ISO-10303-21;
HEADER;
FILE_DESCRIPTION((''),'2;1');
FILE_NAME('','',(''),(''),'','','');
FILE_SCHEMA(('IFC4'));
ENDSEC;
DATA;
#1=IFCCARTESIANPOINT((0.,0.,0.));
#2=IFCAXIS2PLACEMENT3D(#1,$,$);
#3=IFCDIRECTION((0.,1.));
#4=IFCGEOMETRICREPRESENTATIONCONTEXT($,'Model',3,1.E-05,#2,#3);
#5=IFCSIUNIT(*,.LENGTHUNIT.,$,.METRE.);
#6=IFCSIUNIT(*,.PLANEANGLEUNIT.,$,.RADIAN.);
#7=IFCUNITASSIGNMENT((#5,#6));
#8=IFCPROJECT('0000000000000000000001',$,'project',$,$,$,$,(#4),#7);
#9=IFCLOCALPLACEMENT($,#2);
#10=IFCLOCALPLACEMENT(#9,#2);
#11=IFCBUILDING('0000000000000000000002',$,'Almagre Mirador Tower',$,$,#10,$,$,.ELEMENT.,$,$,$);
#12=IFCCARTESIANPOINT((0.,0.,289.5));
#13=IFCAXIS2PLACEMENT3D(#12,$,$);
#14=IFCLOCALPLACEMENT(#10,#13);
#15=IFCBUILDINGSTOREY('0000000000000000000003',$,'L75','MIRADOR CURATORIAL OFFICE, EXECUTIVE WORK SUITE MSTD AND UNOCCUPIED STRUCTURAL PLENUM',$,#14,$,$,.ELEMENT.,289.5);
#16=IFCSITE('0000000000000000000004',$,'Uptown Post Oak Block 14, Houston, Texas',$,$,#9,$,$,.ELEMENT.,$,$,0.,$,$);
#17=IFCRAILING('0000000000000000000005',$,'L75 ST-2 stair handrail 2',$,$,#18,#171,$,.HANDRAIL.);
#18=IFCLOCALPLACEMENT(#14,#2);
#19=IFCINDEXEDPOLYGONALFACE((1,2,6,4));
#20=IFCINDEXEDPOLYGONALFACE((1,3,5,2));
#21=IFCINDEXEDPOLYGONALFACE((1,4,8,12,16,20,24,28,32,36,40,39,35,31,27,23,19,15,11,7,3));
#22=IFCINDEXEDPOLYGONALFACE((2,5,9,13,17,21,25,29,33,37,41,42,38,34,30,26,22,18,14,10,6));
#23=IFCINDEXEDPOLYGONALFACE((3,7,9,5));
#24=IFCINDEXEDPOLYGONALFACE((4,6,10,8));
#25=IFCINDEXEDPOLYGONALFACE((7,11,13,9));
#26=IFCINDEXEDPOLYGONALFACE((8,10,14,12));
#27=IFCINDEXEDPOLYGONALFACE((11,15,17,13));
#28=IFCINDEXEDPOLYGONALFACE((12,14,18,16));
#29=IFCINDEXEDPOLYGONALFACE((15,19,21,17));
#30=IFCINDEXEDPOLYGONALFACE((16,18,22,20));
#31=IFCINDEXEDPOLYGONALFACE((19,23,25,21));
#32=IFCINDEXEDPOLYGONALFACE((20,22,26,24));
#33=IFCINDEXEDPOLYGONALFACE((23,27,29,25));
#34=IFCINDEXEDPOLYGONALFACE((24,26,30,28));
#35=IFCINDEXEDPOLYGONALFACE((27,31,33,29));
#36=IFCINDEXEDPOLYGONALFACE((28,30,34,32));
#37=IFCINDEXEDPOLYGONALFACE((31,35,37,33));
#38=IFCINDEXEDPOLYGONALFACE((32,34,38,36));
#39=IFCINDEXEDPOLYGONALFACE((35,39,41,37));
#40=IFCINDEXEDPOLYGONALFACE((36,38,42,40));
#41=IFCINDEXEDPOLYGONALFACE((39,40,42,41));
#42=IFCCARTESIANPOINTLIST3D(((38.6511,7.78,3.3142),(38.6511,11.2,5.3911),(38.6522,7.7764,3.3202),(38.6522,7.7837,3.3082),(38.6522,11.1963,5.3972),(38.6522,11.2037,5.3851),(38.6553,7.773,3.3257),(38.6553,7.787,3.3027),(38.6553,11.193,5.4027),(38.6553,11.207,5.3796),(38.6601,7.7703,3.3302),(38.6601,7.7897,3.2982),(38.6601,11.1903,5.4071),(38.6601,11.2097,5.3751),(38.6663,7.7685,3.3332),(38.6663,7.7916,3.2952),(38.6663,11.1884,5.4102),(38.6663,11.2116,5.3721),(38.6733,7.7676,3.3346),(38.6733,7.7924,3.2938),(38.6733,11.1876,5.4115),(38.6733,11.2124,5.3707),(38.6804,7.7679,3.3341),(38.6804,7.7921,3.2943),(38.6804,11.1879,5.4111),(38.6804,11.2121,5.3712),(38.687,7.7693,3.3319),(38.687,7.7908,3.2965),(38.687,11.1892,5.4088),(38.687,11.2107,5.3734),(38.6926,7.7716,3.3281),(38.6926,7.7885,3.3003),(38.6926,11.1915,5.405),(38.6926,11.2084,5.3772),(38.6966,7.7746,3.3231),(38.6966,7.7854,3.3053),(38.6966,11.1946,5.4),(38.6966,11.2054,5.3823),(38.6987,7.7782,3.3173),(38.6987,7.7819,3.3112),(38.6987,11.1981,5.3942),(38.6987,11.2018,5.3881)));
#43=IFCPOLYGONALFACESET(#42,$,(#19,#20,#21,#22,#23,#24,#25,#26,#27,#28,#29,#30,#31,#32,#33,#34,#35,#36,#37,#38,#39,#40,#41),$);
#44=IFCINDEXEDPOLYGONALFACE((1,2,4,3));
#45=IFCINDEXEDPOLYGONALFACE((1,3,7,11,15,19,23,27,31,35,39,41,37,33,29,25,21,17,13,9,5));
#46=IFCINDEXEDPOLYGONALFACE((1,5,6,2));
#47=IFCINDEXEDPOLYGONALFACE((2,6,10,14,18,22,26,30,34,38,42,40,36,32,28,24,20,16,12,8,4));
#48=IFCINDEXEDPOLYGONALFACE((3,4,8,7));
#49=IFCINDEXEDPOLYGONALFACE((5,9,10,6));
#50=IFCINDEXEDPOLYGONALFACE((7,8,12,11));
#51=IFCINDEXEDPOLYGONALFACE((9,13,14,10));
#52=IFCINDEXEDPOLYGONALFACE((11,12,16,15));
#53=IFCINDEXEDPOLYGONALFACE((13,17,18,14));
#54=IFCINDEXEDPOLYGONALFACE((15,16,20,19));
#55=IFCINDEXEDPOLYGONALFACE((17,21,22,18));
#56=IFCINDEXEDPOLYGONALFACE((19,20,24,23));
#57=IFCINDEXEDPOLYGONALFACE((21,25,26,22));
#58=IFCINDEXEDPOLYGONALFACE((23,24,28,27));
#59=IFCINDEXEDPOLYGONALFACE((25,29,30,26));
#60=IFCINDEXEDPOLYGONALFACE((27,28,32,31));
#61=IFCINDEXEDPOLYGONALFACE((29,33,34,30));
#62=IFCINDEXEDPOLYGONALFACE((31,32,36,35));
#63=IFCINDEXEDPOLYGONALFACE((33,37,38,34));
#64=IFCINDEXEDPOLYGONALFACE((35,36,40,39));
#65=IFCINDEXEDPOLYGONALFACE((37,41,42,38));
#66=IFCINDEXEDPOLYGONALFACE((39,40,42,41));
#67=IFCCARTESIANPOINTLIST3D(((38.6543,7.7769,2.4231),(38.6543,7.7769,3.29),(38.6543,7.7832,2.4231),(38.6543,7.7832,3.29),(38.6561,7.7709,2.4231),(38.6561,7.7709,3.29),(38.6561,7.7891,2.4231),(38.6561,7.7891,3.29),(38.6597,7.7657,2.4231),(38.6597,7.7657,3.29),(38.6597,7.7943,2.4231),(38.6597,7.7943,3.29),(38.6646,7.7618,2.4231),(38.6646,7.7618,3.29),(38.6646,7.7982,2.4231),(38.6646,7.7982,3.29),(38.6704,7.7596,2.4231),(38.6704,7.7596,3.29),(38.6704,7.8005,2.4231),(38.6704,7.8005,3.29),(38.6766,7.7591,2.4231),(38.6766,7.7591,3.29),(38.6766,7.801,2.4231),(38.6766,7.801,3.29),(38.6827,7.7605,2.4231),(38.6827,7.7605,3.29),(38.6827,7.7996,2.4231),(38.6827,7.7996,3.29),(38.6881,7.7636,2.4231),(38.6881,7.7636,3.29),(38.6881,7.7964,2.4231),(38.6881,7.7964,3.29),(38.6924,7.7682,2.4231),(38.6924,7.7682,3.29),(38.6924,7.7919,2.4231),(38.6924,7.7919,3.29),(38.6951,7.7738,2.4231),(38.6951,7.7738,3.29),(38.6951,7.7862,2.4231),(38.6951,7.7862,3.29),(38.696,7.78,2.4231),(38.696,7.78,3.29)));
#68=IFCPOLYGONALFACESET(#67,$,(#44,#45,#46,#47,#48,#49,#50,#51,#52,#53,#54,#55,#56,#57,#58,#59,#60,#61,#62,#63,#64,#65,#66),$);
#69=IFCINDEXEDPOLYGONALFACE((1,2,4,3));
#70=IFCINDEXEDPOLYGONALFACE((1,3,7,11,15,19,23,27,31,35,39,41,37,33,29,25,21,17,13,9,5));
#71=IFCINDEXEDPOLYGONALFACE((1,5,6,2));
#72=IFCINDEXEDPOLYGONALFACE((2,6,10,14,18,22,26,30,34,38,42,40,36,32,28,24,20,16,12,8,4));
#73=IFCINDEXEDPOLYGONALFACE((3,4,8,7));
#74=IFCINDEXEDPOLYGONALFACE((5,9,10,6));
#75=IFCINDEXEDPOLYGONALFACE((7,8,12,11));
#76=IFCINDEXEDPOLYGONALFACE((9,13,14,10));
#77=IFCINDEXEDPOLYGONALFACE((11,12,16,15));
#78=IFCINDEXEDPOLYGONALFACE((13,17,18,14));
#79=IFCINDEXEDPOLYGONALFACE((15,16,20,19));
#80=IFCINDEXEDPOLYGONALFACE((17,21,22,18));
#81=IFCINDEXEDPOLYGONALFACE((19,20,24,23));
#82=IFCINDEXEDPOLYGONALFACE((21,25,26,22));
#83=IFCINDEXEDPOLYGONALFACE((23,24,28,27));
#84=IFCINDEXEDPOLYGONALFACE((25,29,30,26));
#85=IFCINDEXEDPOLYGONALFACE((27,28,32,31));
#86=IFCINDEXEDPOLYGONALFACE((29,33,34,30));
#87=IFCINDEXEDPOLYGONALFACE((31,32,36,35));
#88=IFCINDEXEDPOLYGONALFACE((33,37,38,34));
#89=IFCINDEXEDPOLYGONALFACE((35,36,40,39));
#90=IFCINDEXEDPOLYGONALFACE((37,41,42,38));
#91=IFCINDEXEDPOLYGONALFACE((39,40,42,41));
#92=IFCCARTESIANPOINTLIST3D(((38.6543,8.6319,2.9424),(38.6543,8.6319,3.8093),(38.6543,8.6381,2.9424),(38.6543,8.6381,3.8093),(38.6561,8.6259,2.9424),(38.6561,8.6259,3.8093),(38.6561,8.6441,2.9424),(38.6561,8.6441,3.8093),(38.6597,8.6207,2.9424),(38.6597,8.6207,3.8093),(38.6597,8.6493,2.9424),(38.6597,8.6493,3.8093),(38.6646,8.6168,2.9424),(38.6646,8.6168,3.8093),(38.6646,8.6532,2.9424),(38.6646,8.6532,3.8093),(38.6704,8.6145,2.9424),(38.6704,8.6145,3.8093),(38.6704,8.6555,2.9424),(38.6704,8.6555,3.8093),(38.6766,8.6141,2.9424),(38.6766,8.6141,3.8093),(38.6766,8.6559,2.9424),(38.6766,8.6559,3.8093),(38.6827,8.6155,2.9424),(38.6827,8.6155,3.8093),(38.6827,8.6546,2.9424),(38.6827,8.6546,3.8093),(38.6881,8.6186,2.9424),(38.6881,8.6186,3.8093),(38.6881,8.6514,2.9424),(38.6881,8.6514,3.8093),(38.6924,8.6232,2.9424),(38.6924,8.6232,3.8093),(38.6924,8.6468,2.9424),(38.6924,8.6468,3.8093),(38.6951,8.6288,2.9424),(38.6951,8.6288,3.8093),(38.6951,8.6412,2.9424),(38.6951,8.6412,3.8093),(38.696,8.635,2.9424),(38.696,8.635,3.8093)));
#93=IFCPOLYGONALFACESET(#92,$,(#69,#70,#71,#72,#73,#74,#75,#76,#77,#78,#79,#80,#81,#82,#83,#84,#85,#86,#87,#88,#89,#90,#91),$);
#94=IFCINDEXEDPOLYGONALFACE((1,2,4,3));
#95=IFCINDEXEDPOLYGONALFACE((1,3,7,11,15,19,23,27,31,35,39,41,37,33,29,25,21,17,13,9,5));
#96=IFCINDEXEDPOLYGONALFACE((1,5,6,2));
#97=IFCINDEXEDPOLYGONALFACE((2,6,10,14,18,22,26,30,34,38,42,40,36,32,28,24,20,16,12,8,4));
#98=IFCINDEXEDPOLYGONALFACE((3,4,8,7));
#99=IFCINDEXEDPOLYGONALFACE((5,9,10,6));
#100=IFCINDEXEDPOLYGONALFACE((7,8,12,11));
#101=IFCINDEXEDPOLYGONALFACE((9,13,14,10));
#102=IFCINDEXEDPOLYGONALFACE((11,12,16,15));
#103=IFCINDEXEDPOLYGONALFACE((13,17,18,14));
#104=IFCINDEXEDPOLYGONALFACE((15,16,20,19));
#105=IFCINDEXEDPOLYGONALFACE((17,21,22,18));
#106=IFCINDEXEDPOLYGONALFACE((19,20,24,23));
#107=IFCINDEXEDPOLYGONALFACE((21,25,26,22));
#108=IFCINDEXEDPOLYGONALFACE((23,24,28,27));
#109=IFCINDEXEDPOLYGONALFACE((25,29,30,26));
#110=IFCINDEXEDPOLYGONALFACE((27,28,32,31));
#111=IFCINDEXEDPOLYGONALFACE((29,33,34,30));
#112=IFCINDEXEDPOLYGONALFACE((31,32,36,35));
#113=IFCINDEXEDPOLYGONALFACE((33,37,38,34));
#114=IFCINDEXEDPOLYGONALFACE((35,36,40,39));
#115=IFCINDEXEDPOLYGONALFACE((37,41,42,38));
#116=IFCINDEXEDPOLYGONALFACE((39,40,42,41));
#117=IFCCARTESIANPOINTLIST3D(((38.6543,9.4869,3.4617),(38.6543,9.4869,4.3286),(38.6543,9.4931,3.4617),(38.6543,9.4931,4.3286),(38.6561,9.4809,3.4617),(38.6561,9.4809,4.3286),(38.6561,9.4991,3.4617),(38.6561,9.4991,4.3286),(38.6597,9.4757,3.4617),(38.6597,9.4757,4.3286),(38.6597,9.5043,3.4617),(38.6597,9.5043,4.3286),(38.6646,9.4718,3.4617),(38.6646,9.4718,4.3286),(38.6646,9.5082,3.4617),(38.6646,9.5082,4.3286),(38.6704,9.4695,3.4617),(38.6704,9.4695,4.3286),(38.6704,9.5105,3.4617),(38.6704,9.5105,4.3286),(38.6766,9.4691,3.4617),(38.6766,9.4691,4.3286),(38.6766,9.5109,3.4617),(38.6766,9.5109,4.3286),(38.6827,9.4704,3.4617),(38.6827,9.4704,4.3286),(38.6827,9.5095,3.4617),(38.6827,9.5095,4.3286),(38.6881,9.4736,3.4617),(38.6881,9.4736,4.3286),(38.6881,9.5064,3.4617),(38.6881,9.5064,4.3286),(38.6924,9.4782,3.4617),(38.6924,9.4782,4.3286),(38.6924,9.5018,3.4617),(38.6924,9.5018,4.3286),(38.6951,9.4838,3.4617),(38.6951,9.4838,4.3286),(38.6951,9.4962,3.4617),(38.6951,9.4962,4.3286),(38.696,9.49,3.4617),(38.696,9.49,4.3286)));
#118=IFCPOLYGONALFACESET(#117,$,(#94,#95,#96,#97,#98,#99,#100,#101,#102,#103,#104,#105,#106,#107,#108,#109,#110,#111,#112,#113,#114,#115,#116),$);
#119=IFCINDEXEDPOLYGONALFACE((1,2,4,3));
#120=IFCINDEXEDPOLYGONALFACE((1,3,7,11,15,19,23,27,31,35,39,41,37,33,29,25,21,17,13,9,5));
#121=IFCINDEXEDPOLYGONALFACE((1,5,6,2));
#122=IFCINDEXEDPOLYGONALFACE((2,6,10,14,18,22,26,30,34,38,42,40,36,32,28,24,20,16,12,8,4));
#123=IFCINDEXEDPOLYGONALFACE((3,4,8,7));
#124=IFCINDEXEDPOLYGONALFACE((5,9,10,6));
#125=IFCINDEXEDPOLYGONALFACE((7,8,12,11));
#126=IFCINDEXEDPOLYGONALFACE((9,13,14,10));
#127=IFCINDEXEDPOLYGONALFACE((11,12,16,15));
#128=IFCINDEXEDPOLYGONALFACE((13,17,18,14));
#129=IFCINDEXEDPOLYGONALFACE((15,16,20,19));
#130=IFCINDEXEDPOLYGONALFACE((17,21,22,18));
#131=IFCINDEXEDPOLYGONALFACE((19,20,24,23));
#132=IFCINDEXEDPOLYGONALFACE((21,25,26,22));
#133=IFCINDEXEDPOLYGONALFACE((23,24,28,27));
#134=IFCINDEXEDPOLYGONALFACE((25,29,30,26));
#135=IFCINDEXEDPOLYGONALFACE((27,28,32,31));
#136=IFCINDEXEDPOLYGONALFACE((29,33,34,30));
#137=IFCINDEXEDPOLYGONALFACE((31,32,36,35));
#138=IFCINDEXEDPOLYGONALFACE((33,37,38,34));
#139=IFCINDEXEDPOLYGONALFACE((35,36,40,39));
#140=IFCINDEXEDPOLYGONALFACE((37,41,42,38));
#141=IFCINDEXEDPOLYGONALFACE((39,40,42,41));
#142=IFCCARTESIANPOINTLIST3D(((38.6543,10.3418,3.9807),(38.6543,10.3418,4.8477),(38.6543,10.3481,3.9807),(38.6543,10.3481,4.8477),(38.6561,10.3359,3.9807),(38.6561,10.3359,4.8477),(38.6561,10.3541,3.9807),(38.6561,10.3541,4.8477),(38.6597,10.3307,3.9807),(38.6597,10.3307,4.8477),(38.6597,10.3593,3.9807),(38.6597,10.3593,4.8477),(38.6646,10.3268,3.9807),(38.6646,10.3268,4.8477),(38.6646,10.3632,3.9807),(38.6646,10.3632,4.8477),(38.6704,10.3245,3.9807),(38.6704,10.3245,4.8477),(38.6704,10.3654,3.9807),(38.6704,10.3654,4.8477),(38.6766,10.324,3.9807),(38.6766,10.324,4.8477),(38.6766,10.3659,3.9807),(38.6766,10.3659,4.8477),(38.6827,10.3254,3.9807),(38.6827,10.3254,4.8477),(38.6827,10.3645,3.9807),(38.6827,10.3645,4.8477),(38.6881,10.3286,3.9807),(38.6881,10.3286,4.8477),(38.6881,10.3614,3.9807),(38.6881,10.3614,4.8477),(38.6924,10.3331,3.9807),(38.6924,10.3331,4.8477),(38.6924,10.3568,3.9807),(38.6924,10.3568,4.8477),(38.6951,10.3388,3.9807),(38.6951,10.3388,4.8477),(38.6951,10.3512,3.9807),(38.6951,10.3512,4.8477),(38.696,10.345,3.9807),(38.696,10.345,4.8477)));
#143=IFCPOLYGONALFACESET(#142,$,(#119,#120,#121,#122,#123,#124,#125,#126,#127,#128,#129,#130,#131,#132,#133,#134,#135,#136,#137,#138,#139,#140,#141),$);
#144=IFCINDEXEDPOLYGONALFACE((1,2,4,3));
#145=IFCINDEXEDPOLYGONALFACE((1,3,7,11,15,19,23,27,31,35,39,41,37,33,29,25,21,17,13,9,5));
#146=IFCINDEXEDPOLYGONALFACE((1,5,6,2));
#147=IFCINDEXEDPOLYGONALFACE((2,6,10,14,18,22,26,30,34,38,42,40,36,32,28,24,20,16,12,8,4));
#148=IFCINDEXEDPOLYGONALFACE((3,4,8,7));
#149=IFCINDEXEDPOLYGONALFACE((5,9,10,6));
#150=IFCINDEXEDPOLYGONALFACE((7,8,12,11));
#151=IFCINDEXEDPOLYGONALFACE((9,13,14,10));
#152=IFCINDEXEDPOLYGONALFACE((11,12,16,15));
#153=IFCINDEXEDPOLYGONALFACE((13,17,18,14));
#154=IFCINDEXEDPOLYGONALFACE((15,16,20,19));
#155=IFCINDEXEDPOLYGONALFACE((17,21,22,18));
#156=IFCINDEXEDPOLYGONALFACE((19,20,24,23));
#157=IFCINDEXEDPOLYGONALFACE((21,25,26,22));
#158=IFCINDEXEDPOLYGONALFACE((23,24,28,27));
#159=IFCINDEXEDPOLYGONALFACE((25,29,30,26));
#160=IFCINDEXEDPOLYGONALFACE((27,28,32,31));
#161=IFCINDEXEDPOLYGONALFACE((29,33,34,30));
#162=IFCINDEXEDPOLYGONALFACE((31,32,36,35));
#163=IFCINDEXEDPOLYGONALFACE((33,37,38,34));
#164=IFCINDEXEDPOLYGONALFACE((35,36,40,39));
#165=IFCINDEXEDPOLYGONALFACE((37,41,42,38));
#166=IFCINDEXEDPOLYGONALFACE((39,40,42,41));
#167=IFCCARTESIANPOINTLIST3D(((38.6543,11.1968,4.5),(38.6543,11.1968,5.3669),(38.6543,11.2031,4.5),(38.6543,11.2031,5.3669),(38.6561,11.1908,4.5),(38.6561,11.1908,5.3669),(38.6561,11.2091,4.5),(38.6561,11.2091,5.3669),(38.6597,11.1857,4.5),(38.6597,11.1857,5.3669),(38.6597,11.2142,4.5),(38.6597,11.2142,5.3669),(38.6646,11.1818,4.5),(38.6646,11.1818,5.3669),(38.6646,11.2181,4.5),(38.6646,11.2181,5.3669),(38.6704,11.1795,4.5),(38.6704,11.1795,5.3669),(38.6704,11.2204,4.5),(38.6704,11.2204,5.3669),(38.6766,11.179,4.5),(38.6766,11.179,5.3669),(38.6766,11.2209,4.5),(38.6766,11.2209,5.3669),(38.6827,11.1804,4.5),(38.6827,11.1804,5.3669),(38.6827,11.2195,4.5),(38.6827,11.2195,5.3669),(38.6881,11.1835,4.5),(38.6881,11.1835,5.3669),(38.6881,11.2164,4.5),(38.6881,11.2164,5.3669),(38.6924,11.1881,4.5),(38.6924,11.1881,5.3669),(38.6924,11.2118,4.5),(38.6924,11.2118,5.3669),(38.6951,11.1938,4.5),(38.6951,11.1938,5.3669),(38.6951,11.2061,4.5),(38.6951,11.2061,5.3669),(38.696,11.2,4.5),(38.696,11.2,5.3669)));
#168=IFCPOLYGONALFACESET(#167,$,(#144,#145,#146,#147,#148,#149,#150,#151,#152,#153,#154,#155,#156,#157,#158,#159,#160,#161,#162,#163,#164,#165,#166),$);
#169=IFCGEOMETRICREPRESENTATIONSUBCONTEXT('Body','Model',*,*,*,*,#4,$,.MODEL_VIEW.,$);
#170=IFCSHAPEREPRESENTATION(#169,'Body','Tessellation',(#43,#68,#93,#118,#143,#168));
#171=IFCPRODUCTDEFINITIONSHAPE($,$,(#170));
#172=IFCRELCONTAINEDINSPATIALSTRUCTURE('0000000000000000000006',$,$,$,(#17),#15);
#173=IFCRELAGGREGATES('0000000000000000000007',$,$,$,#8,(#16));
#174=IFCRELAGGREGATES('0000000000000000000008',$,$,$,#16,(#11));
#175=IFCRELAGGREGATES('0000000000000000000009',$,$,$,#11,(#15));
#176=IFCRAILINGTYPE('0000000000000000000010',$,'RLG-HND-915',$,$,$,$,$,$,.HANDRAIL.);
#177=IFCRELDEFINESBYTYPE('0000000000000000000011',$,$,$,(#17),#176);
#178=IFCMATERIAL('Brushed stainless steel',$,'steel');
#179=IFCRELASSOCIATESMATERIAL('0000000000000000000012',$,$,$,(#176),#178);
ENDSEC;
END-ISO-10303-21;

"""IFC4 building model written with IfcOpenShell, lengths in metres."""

from ifc_helpers import new_model, si_unit, direction, frame, origin, origin_2d, place, context, subcontext, project, spatial, circle, extrude, material, type_object, element, save


model = new_model("IFC4")

# Units and contexts
model_context = context("Model", 3, precision=1e-05, world=origin(), true_north=direction((0.0, 1.0)))
body_context = subcontext(model_context, "Body", "Model", "MODEL_VIEW")
ifc_project = project(units=[si_unit("LENGTHUNIT", "METRE"), si_unit("PLANEANGLEUNIT", "RADIAN")], contexts=[model_context])

# Site, building, storey
site_placement = place(None, origin())
site = spatial("IfcSite", under=ifc_project, at=site_placement, Name="Uptown Post Oak Block 14, Houston, Texas", CompositionType="ELEMENT", RefElevation=0.0)
building_placement = place(site_placement, origin())
building = spatial("IfcBuilding", under=site, at=building_placement, Name="Almagre Mirador Tower", CompositionType="ELEMENT")
storey_placement = place(building_placement, frame((0.0, 0.0, 289.5)))
storey = spatial("IfcBuildingStorey", under=building, at=storey_placement, Name="L75", Description="MIRADOR CURATORIAL OFFICE, EXECUTIVE WORK SUITE MSTD AND UNOCCUPIED STRUCTURAL PLENUM", CompositionType="ELEMENT", Elevation=289.5)

# Railing
ifc_material_1 = material(Name="Brushed stainless steel", Category="steel")
railing_type_1 = type_object("IfcRailingType", Name="RLG-HND-915", PredefinedType="HANDRAIL", material=ifc_material_1)
railing_1_placement = place(storey_placement, frame((38.675, 7.78, 2.4231)))
element("IfcRailing", 1, at=railing_1_placement, inside=storey, type_object=railing_type_1, Name="L75 ST-2 stair handrail 2", PredefinedType="HANDRAIL", context=body_context, shape_type="SweptSolid", body=[
    extrude(circle(Radius=0.0239, at=origin_2d()), frame((0.0, 0.0, 0.8911), z_axis=(0.0, 0.85473, 0.519074), x_axis=(-1.0, 0.0, 0.0)), (0.0, 0.0, 1.0), 4.0012),
    extrude(circle(Radius=0.021, at=origin_2d()), origin(), (0.0, 0.0, 1.0), 0.8669),
    extrude(circle(Radius=0.021, at=origin_2d()), frame((0.0, 0.855, 0.5193)), (0.0, 0.0, 1.0), 0.8669),
    extrude(circle(Radius=0.021, at=origin_2d()), frame((0.0, 1.71, 1.0386)), (0.0, 0.0, 1.0), 0.8669),
    extrude(circle(Radius=0.021, at=origin_2d()), frame((0.0, 2.5649, 1.5576)), (0.0, 0.0, 1.0), 0.8669),
    extrude(circle(Radius=0.021, at=origin_2d()), frame((0.0, 3.4199, 2.0769)), (0.0, 0.0, 1.0), 0.8669),
])

save(model, "model.ifc")
